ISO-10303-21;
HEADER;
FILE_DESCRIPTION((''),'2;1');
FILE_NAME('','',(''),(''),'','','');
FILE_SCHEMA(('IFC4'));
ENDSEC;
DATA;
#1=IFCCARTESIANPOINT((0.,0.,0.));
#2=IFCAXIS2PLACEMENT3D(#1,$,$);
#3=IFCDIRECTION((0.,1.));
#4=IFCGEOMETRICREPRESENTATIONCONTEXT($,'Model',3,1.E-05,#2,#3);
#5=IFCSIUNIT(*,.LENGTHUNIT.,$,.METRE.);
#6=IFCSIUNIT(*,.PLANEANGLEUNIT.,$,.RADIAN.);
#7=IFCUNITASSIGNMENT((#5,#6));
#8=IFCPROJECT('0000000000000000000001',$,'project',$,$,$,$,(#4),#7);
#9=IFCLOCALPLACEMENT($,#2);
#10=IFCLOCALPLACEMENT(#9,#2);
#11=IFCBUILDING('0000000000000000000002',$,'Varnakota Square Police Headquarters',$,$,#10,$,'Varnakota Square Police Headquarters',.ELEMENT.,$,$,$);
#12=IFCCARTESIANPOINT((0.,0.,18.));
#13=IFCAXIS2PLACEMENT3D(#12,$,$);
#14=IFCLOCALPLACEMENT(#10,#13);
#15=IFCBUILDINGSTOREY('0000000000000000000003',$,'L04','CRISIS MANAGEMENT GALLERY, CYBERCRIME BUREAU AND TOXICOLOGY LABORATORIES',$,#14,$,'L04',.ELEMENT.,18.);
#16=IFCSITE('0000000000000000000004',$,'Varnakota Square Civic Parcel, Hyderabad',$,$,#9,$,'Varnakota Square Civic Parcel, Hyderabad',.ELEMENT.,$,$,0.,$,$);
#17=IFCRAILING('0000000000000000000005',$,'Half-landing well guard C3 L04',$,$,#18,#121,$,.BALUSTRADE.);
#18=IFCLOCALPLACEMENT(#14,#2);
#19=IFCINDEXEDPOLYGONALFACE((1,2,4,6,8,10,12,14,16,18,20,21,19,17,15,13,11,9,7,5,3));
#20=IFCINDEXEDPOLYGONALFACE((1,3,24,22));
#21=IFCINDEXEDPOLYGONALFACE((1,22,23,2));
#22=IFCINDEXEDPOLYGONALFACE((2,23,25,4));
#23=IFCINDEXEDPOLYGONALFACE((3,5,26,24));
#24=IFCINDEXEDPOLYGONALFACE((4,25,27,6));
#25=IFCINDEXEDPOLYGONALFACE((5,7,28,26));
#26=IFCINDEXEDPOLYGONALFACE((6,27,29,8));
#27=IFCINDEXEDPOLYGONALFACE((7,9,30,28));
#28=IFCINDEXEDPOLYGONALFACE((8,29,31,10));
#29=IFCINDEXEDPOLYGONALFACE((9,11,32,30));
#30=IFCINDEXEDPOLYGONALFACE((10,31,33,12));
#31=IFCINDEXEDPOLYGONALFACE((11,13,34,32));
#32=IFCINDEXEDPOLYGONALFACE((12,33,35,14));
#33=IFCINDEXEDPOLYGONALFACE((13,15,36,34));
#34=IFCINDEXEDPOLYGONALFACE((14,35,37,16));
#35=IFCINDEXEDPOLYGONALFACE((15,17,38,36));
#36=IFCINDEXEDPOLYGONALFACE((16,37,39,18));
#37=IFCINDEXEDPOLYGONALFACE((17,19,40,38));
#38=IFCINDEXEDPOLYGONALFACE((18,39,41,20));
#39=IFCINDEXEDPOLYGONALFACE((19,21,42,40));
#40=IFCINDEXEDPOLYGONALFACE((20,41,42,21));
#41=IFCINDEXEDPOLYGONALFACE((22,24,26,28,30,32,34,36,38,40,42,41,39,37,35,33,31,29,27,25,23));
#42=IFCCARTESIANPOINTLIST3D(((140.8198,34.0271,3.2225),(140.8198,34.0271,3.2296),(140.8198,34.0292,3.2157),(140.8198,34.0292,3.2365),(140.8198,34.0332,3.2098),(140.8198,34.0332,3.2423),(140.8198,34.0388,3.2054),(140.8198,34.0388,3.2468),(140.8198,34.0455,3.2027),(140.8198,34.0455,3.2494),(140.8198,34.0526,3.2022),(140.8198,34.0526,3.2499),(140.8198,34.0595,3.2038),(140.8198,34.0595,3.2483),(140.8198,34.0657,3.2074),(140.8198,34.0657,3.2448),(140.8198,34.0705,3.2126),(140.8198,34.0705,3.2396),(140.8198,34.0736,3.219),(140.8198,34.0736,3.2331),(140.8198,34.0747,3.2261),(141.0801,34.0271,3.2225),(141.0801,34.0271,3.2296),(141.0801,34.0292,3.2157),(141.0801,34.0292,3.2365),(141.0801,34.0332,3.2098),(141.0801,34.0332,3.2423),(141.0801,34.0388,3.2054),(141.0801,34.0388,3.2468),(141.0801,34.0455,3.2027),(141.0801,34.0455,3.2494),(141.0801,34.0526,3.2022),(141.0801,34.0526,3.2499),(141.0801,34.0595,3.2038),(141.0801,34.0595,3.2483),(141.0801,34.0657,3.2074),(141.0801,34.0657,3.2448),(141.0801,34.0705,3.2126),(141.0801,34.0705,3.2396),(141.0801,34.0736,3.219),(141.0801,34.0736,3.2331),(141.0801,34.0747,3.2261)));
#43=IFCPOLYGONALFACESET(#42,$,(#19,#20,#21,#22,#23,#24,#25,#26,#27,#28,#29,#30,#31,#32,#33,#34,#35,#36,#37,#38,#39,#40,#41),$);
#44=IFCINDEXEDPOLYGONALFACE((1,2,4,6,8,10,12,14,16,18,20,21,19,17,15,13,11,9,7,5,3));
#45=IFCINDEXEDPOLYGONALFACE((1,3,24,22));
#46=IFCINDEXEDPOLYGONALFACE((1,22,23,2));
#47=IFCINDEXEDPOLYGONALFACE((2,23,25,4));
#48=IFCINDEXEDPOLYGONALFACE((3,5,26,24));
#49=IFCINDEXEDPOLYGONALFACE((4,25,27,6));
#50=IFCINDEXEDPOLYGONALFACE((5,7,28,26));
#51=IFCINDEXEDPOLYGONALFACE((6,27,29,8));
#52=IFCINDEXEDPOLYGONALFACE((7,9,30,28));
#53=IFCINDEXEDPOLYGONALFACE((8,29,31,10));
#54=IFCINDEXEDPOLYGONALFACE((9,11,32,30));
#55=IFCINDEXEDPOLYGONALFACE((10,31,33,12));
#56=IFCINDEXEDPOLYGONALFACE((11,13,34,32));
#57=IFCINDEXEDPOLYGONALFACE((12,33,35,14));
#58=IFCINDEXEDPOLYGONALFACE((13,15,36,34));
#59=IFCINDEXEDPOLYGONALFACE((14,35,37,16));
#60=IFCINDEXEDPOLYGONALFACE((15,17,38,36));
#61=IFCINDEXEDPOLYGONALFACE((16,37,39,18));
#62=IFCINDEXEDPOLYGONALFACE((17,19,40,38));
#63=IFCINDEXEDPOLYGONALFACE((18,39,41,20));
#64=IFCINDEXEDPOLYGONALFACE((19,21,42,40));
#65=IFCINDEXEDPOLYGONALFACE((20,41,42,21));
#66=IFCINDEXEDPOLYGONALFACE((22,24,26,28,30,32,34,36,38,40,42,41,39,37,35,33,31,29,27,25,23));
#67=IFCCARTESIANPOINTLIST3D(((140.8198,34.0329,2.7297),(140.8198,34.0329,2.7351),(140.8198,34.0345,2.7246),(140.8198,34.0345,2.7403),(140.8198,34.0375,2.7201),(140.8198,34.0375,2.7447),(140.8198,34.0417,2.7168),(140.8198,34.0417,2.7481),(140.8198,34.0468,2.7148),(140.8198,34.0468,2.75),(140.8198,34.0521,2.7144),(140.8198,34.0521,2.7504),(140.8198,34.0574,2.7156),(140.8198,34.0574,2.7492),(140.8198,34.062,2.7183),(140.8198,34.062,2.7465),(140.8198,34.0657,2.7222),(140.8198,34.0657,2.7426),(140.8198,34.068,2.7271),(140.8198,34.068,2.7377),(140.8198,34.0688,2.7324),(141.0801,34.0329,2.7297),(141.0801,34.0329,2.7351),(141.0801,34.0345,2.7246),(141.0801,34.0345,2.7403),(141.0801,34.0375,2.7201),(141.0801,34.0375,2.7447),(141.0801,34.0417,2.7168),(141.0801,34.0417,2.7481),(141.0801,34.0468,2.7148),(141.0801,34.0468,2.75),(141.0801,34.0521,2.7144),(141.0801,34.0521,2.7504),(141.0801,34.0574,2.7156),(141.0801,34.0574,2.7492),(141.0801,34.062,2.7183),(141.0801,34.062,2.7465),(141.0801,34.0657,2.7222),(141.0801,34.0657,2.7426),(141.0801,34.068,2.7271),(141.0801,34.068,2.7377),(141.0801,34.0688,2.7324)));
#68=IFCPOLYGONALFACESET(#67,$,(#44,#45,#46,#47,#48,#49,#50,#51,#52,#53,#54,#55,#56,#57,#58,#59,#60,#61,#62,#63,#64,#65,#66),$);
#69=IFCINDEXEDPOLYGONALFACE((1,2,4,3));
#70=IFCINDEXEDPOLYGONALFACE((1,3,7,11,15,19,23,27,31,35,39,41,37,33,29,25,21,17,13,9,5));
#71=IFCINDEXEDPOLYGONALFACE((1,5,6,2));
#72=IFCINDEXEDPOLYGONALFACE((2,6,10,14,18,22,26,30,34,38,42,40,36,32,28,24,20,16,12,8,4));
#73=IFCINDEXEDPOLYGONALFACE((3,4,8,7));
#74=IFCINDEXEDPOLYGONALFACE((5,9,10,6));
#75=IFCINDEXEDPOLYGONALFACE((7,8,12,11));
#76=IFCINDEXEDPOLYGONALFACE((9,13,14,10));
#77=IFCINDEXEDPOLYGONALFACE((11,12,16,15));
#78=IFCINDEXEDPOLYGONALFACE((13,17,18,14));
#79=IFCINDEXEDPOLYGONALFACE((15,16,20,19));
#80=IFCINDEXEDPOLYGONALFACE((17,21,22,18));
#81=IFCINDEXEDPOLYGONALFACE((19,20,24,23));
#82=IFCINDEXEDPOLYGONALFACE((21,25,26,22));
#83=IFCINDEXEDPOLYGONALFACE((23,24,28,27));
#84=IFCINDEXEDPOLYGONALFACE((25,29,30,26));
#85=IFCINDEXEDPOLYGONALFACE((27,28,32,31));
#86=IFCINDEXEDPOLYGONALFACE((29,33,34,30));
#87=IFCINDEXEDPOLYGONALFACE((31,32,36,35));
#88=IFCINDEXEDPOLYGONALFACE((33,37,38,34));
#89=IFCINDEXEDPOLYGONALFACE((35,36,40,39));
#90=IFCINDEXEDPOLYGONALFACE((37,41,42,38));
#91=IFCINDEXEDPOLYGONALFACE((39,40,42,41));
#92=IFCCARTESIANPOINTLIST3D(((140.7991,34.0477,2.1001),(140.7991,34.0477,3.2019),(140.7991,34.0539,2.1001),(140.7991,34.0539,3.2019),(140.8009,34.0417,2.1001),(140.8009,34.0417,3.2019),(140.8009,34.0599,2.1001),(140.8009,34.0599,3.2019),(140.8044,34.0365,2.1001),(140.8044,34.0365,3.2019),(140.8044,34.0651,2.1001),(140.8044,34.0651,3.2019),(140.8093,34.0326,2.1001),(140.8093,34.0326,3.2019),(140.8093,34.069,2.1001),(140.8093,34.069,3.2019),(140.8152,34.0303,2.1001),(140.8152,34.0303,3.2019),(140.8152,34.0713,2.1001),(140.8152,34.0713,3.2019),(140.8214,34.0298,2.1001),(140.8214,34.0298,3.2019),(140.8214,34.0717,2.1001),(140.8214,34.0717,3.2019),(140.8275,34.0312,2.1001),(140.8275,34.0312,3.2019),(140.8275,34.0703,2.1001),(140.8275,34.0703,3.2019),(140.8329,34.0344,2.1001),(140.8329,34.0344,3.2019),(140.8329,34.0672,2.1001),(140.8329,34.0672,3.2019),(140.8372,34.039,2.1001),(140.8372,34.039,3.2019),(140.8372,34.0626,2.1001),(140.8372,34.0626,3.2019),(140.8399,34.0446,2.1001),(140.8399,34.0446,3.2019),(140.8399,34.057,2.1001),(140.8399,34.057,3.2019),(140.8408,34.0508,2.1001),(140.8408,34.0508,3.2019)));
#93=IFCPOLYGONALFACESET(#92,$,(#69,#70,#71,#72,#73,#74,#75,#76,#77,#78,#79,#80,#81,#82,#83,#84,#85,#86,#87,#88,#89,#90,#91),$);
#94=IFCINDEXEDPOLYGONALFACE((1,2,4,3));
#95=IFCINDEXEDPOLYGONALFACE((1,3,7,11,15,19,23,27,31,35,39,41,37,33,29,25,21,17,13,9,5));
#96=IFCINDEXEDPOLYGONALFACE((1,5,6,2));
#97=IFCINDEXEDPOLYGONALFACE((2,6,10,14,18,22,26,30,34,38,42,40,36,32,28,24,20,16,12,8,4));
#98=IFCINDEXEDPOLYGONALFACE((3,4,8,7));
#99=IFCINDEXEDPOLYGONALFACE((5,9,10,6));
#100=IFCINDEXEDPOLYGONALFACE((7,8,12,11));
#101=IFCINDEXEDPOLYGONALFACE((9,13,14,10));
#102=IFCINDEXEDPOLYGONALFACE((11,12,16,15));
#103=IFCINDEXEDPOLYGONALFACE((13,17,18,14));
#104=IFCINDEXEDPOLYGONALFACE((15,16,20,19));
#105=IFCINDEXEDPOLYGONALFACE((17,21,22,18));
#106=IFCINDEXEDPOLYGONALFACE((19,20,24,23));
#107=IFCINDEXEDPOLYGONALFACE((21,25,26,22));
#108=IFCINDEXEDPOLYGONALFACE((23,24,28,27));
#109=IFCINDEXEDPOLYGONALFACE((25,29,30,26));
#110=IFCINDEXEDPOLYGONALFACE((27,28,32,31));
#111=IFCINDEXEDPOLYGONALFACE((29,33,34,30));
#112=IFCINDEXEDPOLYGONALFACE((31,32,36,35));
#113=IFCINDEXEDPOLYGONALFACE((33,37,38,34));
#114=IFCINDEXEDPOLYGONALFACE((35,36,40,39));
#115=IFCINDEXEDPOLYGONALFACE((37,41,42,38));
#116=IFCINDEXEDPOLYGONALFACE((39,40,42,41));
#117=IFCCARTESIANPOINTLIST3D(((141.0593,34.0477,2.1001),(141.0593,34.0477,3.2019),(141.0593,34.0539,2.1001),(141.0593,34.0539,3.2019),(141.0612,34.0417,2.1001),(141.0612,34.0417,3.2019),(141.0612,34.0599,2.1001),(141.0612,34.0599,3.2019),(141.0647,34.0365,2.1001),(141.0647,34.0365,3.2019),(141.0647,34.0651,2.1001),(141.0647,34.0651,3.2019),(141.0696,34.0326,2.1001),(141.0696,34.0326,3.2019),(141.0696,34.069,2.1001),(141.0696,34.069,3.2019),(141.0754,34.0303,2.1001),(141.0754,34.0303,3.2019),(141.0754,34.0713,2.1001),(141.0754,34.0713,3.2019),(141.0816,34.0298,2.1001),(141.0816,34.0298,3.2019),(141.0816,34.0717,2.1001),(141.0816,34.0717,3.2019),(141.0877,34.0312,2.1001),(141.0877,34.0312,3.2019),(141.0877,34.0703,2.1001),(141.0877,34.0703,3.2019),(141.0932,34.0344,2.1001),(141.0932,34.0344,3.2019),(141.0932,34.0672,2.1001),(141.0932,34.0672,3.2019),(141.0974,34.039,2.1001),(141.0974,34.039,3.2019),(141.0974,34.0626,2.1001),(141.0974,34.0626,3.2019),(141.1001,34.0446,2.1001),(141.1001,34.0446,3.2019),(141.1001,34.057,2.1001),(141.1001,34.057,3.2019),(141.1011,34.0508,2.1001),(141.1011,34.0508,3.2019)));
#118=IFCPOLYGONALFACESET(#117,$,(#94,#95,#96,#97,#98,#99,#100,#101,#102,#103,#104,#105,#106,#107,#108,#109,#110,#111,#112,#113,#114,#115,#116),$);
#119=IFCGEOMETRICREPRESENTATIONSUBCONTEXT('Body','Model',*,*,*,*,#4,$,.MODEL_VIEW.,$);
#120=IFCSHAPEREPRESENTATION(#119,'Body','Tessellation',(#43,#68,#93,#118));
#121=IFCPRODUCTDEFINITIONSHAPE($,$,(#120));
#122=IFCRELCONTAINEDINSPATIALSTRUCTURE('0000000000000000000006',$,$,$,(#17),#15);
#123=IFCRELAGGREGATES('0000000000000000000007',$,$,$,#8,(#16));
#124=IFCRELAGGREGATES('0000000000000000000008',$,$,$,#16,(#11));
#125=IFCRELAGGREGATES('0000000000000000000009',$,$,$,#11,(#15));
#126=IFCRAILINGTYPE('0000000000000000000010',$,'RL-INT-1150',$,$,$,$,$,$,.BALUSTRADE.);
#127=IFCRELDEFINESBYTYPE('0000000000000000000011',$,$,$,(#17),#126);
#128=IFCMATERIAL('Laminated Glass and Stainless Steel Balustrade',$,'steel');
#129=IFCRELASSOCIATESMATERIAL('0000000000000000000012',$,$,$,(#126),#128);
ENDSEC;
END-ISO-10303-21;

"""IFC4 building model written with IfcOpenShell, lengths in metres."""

from ifc_helpers import new_model, si_unit, direction, frame, origin, origin_2d, place, context, subcontext, project, spatial, circle, extrude, material, type_object, element, save


model = new_model("IFC4")

# Units and contexts
model_context = context("Model", 3, precision=1e-05, world=origin(), true_north=direction((0.0, 1.0)))
body_context = subcontext(model_context, "Body", "Model", "MODEL_VIEW")
ifc_project = project(units=[si_unit("LENGTHUNIT", "METRE"), si_unit("PLANEANGLEUNIT", "RADIAN")], contexts=[model_context])

# Site, building, storey
site_placement = place(None, origin())
site = spatial("IfcSite", under=ifc_project, at=site_placement, Name="Varnakota Square Civic Parcel, Hyderabad", LongName="Varnakota Square Civic Parcel, Hyderabad", CompositionType="ELEMENT", RefElevation=0.0)
building_placement = place(site_placement, origin())
building = spatial("IfcBuilding", under=site, at=building_placement, Name="Varnakota Square Police Headquarters", LongName="Varnakota Square Police Headquarters", CompositionType="ELEMENT")
storey_placement = place(building_placement, frame((0.0, 0.0, 18.0)))
storey = spatial("IfcBuildingStorey", under=building, at=storey_placement, Name="L04", Description="CRISIS MANAGEMENT GALLERY, CYBERCRIME BUREAU AND TOXICOLOGY LABORATORIES", LongName="L04", CompositionType="ELEMENT", Elevation=18.0)

# Railing
ifc_material_1 = material(Name="Laminated Glass and Stainless Steel Balustrade", Category="steel")
railing_type_1 = type_object("IfcRailingType", Name="RL-INT-1150", PredefinedType="BALUSTRADE", material=ifc_material_1)
railing_1_placement = place(storey_placement, frame((140.8198, 34.0508, 2.1001)))
element("IfcRailing", 1, at=railing_1_placement, inside=storey, type_object=railing_type_1, Name="Half-landing well guard C3 L04", PredefinedType="BALUSTRADE", context=body_context, shape_type="SweptSolid", body=[
    extrude(circle(Radius=0.0239, at=origin_2d()), frame((0.0, 0.0, 1.126), z_axis=(1.0, 0.0, 0.0), x_axis=(0.0, 1.0, 0.0)), (0.0, 0.0, 1.0), 0.2603),
    extrude(circle(Radius=0.0181, at=origin_2d()), frame((0.0, 0.0, 0.6323), z_axis=(1.0, 0.0, 0.0), x_axis=(0.0, 1.0, 0.0)), (0.0, 0.0, 1.0), 0.2603),
    extrude(circle(Radius=0.021, at=origin_2d()), origin(), (0.0, 0.0, 1.0), 1.1018),
    extrude(circle(Radius=0.021, at=origin_2d()), frame((0.2603, 0.0, 0.0)), (0.0, 0.0, 1.0), 1.1018),
])

save(model, "model.ifc")
